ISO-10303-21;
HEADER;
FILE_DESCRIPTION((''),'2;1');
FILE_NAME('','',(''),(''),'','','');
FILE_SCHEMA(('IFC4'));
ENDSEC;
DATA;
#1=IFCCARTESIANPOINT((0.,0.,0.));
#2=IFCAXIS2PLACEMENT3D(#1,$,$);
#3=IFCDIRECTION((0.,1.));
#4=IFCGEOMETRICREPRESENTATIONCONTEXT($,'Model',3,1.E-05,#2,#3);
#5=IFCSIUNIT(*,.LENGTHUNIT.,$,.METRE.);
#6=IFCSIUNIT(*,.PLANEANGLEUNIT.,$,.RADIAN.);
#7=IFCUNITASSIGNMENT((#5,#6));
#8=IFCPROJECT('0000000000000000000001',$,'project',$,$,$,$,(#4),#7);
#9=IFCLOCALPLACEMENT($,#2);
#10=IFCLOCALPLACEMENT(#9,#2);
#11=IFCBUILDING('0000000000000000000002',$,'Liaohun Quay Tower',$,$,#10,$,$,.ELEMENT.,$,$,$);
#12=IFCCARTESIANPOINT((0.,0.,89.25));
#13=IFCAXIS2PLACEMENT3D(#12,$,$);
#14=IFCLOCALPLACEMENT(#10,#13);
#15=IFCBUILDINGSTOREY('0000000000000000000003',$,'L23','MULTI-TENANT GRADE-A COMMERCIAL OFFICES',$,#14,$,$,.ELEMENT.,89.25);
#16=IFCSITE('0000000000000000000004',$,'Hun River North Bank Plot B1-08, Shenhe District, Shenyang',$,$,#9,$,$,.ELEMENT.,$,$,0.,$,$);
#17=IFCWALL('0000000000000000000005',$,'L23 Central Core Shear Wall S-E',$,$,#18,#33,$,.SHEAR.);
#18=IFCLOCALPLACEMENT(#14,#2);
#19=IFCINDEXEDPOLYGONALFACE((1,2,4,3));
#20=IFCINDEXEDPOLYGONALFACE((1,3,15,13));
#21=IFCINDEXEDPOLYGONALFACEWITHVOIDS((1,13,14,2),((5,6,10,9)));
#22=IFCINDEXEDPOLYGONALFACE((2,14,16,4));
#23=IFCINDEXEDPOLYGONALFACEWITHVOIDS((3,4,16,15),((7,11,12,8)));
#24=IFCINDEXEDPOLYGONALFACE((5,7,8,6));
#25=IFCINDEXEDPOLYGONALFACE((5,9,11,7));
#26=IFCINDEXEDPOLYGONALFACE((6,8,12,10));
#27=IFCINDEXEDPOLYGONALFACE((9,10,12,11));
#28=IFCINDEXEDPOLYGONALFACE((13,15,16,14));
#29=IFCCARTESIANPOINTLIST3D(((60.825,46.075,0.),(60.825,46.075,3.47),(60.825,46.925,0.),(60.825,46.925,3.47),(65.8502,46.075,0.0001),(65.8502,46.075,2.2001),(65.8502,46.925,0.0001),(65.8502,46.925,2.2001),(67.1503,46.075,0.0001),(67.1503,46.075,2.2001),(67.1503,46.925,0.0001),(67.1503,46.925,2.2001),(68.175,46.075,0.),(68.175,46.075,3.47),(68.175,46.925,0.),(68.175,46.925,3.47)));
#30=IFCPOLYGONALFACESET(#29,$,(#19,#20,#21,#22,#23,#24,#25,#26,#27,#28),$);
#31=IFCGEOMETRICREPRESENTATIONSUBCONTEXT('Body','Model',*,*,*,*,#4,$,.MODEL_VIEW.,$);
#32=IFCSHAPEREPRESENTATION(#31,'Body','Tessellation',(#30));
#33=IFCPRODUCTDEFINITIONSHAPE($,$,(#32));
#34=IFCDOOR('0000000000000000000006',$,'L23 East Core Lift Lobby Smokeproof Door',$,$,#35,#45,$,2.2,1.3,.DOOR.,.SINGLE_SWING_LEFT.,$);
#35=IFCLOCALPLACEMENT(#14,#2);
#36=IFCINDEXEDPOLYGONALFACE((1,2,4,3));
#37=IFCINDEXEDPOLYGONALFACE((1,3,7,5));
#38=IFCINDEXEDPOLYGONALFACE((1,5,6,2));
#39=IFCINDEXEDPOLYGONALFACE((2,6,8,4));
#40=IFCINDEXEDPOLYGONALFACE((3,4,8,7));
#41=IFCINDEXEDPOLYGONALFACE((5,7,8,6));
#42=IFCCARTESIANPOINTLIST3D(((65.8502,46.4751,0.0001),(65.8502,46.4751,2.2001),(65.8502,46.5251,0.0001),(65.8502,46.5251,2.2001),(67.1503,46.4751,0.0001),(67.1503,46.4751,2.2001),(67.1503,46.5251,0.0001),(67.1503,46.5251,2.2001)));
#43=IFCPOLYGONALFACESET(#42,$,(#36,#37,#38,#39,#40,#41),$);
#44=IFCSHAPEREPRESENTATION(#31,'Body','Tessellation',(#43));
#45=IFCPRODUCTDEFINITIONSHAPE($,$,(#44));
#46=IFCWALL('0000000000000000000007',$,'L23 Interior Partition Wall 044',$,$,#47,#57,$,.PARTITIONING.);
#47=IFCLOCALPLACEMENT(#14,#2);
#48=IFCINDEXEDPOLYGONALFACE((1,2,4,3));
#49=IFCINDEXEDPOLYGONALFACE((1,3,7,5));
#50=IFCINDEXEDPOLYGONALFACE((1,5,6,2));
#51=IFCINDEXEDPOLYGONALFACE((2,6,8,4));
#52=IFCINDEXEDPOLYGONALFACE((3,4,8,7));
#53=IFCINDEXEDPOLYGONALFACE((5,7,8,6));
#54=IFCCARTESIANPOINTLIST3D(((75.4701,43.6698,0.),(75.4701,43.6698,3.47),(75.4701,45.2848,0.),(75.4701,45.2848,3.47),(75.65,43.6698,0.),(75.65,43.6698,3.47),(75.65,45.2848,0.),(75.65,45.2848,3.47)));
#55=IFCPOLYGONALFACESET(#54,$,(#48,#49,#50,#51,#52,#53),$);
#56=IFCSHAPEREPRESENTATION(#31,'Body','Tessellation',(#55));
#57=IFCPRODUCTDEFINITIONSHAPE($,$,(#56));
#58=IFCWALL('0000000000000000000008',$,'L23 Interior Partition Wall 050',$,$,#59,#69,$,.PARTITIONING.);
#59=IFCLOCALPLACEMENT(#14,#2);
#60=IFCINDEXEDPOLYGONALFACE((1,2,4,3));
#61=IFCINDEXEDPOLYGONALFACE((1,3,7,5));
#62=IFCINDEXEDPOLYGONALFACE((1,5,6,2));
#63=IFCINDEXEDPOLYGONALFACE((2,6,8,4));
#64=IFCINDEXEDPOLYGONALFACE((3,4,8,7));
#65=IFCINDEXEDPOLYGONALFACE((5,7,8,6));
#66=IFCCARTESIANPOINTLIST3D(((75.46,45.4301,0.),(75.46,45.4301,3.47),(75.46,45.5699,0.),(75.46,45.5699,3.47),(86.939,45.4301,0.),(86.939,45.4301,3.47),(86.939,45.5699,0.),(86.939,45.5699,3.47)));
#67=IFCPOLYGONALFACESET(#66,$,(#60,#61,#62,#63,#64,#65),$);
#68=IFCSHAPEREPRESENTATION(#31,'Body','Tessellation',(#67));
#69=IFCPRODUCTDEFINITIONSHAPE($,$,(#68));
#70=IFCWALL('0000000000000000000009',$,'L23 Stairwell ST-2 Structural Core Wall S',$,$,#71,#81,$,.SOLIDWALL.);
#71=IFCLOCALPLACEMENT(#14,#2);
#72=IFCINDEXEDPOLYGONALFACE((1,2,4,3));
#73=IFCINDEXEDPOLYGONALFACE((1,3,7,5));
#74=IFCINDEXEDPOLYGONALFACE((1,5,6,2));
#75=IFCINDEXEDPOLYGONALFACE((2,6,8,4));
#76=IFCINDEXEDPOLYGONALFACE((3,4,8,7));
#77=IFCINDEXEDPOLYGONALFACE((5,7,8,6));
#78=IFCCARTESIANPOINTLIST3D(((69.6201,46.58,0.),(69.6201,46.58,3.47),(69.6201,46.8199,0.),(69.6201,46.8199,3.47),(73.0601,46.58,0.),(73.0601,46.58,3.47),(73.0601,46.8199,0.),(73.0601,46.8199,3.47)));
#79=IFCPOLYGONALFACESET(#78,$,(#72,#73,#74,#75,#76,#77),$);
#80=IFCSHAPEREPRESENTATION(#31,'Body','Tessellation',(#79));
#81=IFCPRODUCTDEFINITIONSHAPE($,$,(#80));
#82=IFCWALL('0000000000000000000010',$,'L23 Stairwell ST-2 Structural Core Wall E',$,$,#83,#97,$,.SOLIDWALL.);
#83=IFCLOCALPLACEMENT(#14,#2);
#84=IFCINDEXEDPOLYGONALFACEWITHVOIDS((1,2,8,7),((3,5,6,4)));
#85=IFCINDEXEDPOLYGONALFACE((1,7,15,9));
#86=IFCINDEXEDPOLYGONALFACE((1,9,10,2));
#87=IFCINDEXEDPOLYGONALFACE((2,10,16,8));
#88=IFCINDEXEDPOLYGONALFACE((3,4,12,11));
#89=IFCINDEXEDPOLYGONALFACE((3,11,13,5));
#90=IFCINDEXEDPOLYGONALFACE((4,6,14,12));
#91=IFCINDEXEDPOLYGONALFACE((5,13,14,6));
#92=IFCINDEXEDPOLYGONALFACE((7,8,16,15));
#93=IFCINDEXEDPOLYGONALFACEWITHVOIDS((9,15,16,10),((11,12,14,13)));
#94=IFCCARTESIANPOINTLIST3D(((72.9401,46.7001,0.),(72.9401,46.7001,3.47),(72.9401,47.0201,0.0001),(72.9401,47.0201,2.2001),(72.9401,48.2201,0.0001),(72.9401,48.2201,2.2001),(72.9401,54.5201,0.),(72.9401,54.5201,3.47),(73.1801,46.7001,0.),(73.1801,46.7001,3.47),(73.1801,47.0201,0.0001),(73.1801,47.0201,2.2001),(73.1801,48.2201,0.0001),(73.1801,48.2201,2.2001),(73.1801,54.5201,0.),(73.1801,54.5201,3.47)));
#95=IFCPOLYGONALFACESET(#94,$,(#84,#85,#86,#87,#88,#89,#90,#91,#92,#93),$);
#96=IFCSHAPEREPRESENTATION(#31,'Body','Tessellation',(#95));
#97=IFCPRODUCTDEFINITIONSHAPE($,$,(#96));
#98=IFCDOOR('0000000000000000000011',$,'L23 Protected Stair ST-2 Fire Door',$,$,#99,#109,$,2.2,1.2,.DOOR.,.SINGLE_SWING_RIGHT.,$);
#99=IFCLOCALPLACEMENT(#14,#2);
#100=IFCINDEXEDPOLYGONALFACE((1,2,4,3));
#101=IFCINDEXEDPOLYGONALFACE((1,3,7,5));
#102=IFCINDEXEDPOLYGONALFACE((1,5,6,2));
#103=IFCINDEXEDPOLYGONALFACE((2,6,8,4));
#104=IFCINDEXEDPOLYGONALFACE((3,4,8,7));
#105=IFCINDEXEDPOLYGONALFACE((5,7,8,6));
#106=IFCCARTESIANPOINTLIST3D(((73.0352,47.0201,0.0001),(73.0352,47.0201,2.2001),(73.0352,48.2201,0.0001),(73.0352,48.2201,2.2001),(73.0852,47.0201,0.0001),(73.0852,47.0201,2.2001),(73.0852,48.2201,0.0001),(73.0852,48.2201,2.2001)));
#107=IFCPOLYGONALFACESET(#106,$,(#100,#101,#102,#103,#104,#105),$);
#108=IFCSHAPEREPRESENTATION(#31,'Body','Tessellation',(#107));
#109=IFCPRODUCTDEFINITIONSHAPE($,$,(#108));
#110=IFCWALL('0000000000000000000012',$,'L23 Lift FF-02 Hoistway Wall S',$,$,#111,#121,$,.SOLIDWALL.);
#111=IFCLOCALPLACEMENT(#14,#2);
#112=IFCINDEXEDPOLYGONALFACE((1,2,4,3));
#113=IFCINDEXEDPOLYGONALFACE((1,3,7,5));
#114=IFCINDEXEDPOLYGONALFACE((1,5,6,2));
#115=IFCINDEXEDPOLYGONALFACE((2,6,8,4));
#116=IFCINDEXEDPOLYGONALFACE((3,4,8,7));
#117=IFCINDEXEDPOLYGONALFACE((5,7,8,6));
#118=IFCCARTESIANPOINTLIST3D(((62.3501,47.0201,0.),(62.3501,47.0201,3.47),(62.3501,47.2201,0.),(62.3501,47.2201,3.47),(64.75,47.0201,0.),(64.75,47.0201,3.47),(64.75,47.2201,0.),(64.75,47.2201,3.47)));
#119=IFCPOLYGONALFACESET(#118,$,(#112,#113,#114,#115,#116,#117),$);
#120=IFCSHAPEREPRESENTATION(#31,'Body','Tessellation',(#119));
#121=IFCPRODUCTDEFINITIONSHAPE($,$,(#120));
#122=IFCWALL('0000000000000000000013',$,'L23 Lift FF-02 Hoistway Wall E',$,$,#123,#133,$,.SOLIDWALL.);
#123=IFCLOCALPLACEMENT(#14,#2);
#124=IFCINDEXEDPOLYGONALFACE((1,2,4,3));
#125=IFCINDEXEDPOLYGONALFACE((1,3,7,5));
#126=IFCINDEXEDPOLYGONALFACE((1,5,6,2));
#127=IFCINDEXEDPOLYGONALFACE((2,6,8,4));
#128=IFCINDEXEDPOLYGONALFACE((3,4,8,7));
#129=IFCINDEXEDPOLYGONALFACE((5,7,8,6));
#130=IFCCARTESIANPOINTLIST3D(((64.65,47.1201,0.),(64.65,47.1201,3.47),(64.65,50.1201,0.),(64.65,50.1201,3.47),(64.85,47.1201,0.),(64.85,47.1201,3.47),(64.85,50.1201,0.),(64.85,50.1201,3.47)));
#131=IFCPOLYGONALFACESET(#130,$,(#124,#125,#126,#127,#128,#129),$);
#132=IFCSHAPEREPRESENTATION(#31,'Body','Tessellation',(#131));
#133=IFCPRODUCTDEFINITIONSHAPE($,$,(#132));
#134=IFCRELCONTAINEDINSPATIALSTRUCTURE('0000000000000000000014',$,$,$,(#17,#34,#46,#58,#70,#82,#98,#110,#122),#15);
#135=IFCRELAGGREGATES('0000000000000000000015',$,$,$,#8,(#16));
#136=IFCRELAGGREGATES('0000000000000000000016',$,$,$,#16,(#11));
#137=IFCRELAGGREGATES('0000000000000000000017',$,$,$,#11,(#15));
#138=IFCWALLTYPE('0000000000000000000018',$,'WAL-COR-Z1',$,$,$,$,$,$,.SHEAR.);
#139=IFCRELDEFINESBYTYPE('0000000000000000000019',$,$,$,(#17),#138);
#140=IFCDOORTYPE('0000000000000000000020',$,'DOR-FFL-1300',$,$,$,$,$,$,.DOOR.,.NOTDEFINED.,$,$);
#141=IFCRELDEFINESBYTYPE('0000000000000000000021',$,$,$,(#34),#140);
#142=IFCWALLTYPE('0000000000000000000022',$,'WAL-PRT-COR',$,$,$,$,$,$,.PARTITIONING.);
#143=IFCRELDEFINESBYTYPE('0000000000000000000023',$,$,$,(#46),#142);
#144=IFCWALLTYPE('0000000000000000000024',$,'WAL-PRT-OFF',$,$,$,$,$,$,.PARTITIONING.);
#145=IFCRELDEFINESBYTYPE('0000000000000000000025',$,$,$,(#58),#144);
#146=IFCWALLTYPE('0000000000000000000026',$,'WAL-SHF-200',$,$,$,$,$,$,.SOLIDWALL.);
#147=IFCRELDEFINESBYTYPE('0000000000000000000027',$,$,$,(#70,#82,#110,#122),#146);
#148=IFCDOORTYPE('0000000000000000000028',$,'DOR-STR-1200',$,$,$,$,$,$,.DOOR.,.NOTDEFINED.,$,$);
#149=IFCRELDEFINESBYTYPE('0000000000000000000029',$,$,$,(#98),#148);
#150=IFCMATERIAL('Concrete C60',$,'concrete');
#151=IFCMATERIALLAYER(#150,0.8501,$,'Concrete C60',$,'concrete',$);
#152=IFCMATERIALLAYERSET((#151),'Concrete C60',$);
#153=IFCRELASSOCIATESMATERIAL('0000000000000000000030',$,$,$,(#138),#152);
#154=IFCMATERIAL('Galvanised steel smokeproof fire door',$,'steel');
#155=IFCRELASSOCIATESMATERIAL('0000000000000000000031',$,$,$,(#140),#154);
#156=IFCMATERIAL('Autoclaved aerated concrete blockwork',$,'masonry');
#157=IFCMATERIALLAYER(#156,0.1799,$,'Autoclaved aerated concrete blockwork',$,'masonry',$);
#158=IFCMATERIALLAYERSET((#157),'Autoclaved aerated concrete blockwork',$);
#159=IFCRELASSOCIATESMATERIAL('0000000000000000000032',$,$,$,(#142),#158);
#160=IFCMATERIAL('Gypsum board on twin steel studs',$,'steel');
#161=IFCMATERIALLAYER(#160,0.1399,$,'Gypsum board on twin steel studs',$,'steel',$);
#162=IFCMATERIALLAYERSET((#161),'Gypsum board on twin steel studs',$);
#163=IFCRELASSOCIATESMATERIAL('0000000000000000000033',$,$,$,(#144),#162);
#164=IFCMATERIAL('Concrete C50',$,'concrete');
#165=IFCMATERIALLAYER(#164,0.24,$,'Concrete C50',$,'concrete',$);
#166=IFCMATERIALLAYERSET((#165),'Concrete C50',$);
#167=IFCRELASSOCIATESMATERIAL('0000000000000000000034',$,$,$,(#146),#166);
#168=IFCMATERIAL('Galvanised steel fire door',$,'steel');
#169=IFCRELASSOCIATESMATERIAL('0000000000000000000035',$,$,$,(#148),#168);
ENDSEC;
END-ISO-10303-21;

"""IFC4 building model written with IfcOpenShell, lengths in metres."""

from ifc_helpers import new_model, si_unit, direction, frame, frame_2d, origin, place, context, subcontext, project, spatial, rectangle, extrude, source, transform, mapped, material, layer, layer_set, type_object, element, fill, save


model = new_model("IFC4")

# Units and contexts
model_context = context("Model", 3, precision=1e-05, world=origin(), true_north=direction((0.0, 1.0)))
body_context = subcontext(model_context, "Body", "Model", "MODEL_VIEW")
ifc_project = project(units=[si_unit("LENGTHUNIT", "METRE"), si_unit("PLANEANGLEUNIT", "RADIAN")], contexts=[model_context])

# Site, building, storey
site_placement = place(None, origin())
site = spatial("IfcSite", under=ifc_project, at=site_placement, Name="Hun River North Bank Plot B1-08, Shenhe District, Shenyang", CompositionType="ELEMENT", RefElevation=0.0)
building_placement = place(site_placement, origin())
building = spatial("IfcBuilding", under=site, at=building_placement, Name="Liaohun Quay Tower", CompositionType="ELEMENT")
storey_placement = place(building_placement, frame((0.0, 0.0, 89.25)))
storey = spatial("IfcBuildingStorey", under=building, at=storey_placement, Name="L23", Description="MULTI-TENANT GRADE-A COMMERCIAL OFFICES", CompositionType="ELEMENT", Elevation=89.25)

# Shared definitions
ifc_material_1 = material(Name="Concrete C60", Category="concrete")

# Wall, opening, door
ifc_layer_1 = layer(ifc_material_1, 0.8501, Name="Concrete C60", Category="concrete")
ifc_layer_set_1 = layer_set([ifc_layer_1], Name="Concrete C60")
wall_type_1 = type_object("IfcWallType", Name="WAL-COR-Z1", PredefinedType="SHEAR", material=ifc_layer_set_1)
wall_1_placement = place(storey_placement, frame((68.175, 46.5, 0.0), z_axis=(0.0, 0.0, 1.0), x_axis=(-1.0, 0.0, 0.0)))
wall_1 = element("IfcWall", 1, at=wall_1_placement, inside=storey, type_object=wall_type_1, Name="L23 Central Core Shear Wall S-E", PredefinedType="SHEAR", context=body_context, shape_type="SweptSolid", body=[
    extrude(rectangle(XDim=7.3501, YDim=0.8501, at=frame_2d((3.675, 0.0))), origin(), (0.0, 0.0, 1.0), 3.47),
])
shared_shape_1 = source(origin(), body_context, "Body", "SweptSolid", [
    extrude(rectangle(XDim=1.3, YDim=2.2, at=frame_2d((0.6499, 1.1001))), frame((0.0, 0.4351, 0.0), z_axis=(0.0, -1.0, 0.0), x_axis=(1.0, 0.0, 0.0)), (0.0, 0.0, 1.0), 0.8701),
])
opening_1_placement = place(wall_1_placement, frame((1.0249, 0.0, 0.0)))
opening_1 = element("IfcOpeningElement", 2, at=opening_1_placement, cuts=wall_1, PredefinedType="OPENING", context=body_context, shape_type="MappedRepresentation", body=[
    mapped(shared_shape_1, transform((0.0, 0.0, 0.0), x_axis=(1.0, 0.0, 0.0), y_axis=(0.0, 1.0, 0.0), z_axis=(0.0, 0.0, 1.0), scale=1.0)),
])
ifc_material_2 = material(Name="Galvanised steel smokeproof fire door", Category="steel")
door_type_1 = type_object("IfcDoorType", Name="DOR-FFL-1300", OperationType="NOTDEFINED", PredefinedType="DOOR", material=ifc_material_2)
shared_shape_2 = source(origin(), body_context, "Body", "SweptSolid", [
    extrude(rectangle(XDim=1.3, YDim=2.2, at=frame_2d((0.6499, 1.1001))), frame((0.0, 0.0249, 0.0), z_axis=(0.0, -1.0, 0.0), x_axis=(1.0, 0.0, 0.0)), (0.0, 0.0, 1.0), 0.05),
])
door_1_placement = place(opening_1_placement, origin())
door_1 = element("IfcDoor", 3, at=door_1_placement, inside=storey, type_object=door_type_1, Name="L23 East Core Lift Lobby Smokeproof Door", OperationType="SINGLE_SWING_LEFT", OverallHeight=2.2, OverallWidth=1.3, PredefinedType="DOOR", context=body_context, shape_type="MappedRepresentation", body=[
    mapped(shared_shape_2, transform((0.0, 0.0, 0.0), x_axis=(1.0, 0.0, 0.0), y_axis=(0.0, 1.0, 0.0), z_axis=(0.0, 0.0, 1.0), scale=1.0)),
])
fill(opening_1, door_1)

# Walls
ifc_material_3 = material(Name="Autoclaved aerated concrete blockwork", Category="masonry")
ifc_layer_2 = layer(ifc_material_3, 0.1799, Name="Autoclaved aerated concrete blockwork", Category="masonry")
ifc_layer_set_2 = layer_set([ifc_layer_2], Name="Autoclaved aerated concrete blockwork")
wall_type_2 = type_object("IfcWallType", Name="WAL-PRT-COR", PredefinedType="PARTITIONING", material=ifc_layer_set_2)
wall_2_placement = place(storey_placement, frame((75.5601, 45.2849, 0.0), z_axis=(0.0, 0.0, 1.0), x_axis=(0.0, -1.0, 0.0)))
element("IfcWall", 4, at=wall_2_placement, inside=storey, type_object=wall_type_2, Name="L23 Interior Partition Wall 044", PredefinedType="PARTITIONING", context=body_context, shape_type="SweptSolid", body=[
    extrude(rectangle(XDim=1.615, YDim=0.1799, at=frame_2d((0.8076, 0.0))), origin(), (0.0, 0.0, 1.0), 3.47),
])
ifc_material_4 = material(Name="Gypsum board on twin steel studs", Category="steel")
ifc_layer_3 = layer(ifc_material_4, 0.1399, Name="Gypsum board on twin steel studs", Category="steel")
ifc_layer_set_3 = layer_set([ifc_layer_3], Name="Gypsum board on twin steel studs")
wall_type_3 = type_object("IfcWallType", Name="WAL-PRT-OFF", PredefinedType="PARTITIONING", material=ifc_layer_set_3)
wall_3_placement = place(storey_placement, frame((75.46, 45.5, 0.0), z_axis=(0.0, 0.0, 1.0), x_axis=(1.0, 0.0, 0.0)))
element("IfcWall", 5, at=wall_3_placement, inside=storey, type_object=wall_type_3, Name="L23 Interior Partition Wall 050", PredefinedType="PARTITIONING", context=body_context, shape_type="SweptSolid", body=[
    extrude(rectangle(XDim=11.479, YDim=0.1399, at=frame_2d((5.7395, 0.0))), origin(), (0.0, 0.0, 1.0), 3.47),
])
ifc_material_5 = material(Name="Concrete C50", Category="concrete")
ifc_layer_4 = layer(ifc_material_5, 0.24, Name="Concrete C50", Category="concrete")
ifc_layer_set_4 = layer_set([ifc_layer_4], Name="Concrete C50")
wall_type_4 = type_object("IfcWallType", Name="WAL-SHF-200", PredefinedType="SOLIDWALL", material=ifc_layer_set_4)
wall_4_placement = place(storey_placement, frame((69.6201, 46.7, 0.0), z_axis=(0.0, 0.0, 1.0), x_axis=(1.0, 0.0, 0.0)))
element("IfcWall", 6, at=wall_4_placement, inside=storey, type_object=wall_type_4, Name="L23 Stairwell ST-2 Structural Core Wall S", PredefinedType="SOLIDWALL", context=body_context, shape_type="SweptSolid", body=[
    extrude(rectangle(XDim=3.4399, YDim=0.24, at=frame_2d((1.72, 0.0))), origin(), (0.0, 0.0, 1.0), 3.47),
])

# Wall, opening, door
wall_5_placement = place(storey_placement, frame((73.0601, 46.7, 0.0), z_axis=(0.0, 0.0, 1.0), x_axis=(0.0, 1.0, 0.0)))
wall_5 = element("IfcWall", 7, at=wall_5_placement, inside=storey, type_object=wall_type_4, Name="L23 Stairwell ST-2 Structural Core Wall E", PredefinedType="SOLIDWALL", context=body_context, shape_type="SweptSolid", body=[
    extrude(rectangle(XDim=7.8201, YDim=0.24, at=frame_2d((3.9102, 0.0))), origin(), (0.0, 0.0, 1.0), 3.47),
])
shared_shape_3 = source(origin(), body_context, "Body", "SweptSolid", [
    extrude(rectangle(XDim=1.2, YDim=2.2, at=frame_2d((0.6001, 1.1001))), frame((0.0, 0.1299, 0.0), z_axis=(0.0, -1.0, 0.0), x_axis=(1.0, 0.0, 0.0)), (0.0, 0.0, 1.0), 0.26),
])
opening_2_placement = place(wall_5_placement, frame((0.3201, 0.0, 0.0)))
opening_2 = element("IfcOpeningElement", 8, at=opening_2_placement, cuts=wall_5, PredefinedType="OPENING", context=body_context, shape_type="MappedRepresentation", body=[
    mapped(shared_shape_3, transform((0.0, 0.0, 0.0), x_axis=(1.0, 0.0, 0.0), y_axis=(0.0, 1.0, 0.0), z_axis=(0.0, 0.0, 1.0), scale=1.0)),
])
ifc_material_6 = material(Name="Galvanised steel fire door", Category="steel")
door_type_2 = type_object("IfcDoorType", Name="DOR-STR-1200", OperationType="NOTDEFINED", PredefinedType="DOOR", material=ifc_material_6)
shared_shape_4 = source(origin(), body_context, "Body", "SweptSolid", [
    extrude(rectangle(XDim=1.2, YDim=2.2, at=frame_2d((0.6001, 1.1001))), frame((0.0, 0.0249, 0.0), z_axis=(0.0, -1.0, 0.0), x_axis=(1.0, 0.0, 0.0)), (0.0, 0.0, 1.0), 0.05),
])
door_2_placement = place(opening_2_placement, origin())
door_2 = element("IfcDoor", 9, at=door_2_placement, inside=storey, type_object=door_type_2, Name="L23 Protected Stair ST-2 Fire Door", OperationType="SINGLE_SWING_RIGHT", OverallHeight=2.2, OverallWidth=1.2, PredefinedType="DOOR", context=body_context, shape_type="MappedRepresentation", body=[
    mapped(shared_shape_4, transform((0.0, 0.0, 0.0), x_axis=(1.0, 0.0, 0.0), y_axis=(0.0, 1.0, 0.0), z_axis=(0.0, 0.0, 1.0), scale=1.0)),
])
fill(opening_2, door_2)

# Walls
wall_6_placement = place(storey_placement, frame((62.3501, 47.1201, 0.0), z_axis=(0.0, 0.0, 1.0), x_axis=(1.0, 0.0, 0.0)))
element("IfcWall", 10, at=wall_6_placement, inside=storey, type_object=wall_type_4, Name="L23 Lift FF-02 Hoistway Wall S", PredefinedType="SOLIDWALL", context=body_context, shape_type="SweptSolid", body=[
    extrude(rectangle(XDim=2.3999, YDim=0.2, at=frame_2d((1.2, 0.0))), origin(), (0.0, 0.0, 1.0), 3.47),
])
wall_7_placement = place(storey_placement, frame((64.75, 47.1201, 0.0), z_axis=(0.0, 0.0, 1.0), x_axis=(0.0, 1.0, 0.0)))
element("IfcWall", 11, at=wall_7_placement, inside=storey, type_object=wall_type_4, Name="L23 Lift FF-02 Hoistway Wall E", PredefinedType="SOLIDWALL", context=body_context, shape_type="SweptSolid", body=[
    extrude(rectangle(XDim=3.0, YDim=0.2, at=frame_2d((1.5, 0.0))), origin(), (0.0, 0.0, 1.0), 3.47),
])

save(model, "model.ifc")
